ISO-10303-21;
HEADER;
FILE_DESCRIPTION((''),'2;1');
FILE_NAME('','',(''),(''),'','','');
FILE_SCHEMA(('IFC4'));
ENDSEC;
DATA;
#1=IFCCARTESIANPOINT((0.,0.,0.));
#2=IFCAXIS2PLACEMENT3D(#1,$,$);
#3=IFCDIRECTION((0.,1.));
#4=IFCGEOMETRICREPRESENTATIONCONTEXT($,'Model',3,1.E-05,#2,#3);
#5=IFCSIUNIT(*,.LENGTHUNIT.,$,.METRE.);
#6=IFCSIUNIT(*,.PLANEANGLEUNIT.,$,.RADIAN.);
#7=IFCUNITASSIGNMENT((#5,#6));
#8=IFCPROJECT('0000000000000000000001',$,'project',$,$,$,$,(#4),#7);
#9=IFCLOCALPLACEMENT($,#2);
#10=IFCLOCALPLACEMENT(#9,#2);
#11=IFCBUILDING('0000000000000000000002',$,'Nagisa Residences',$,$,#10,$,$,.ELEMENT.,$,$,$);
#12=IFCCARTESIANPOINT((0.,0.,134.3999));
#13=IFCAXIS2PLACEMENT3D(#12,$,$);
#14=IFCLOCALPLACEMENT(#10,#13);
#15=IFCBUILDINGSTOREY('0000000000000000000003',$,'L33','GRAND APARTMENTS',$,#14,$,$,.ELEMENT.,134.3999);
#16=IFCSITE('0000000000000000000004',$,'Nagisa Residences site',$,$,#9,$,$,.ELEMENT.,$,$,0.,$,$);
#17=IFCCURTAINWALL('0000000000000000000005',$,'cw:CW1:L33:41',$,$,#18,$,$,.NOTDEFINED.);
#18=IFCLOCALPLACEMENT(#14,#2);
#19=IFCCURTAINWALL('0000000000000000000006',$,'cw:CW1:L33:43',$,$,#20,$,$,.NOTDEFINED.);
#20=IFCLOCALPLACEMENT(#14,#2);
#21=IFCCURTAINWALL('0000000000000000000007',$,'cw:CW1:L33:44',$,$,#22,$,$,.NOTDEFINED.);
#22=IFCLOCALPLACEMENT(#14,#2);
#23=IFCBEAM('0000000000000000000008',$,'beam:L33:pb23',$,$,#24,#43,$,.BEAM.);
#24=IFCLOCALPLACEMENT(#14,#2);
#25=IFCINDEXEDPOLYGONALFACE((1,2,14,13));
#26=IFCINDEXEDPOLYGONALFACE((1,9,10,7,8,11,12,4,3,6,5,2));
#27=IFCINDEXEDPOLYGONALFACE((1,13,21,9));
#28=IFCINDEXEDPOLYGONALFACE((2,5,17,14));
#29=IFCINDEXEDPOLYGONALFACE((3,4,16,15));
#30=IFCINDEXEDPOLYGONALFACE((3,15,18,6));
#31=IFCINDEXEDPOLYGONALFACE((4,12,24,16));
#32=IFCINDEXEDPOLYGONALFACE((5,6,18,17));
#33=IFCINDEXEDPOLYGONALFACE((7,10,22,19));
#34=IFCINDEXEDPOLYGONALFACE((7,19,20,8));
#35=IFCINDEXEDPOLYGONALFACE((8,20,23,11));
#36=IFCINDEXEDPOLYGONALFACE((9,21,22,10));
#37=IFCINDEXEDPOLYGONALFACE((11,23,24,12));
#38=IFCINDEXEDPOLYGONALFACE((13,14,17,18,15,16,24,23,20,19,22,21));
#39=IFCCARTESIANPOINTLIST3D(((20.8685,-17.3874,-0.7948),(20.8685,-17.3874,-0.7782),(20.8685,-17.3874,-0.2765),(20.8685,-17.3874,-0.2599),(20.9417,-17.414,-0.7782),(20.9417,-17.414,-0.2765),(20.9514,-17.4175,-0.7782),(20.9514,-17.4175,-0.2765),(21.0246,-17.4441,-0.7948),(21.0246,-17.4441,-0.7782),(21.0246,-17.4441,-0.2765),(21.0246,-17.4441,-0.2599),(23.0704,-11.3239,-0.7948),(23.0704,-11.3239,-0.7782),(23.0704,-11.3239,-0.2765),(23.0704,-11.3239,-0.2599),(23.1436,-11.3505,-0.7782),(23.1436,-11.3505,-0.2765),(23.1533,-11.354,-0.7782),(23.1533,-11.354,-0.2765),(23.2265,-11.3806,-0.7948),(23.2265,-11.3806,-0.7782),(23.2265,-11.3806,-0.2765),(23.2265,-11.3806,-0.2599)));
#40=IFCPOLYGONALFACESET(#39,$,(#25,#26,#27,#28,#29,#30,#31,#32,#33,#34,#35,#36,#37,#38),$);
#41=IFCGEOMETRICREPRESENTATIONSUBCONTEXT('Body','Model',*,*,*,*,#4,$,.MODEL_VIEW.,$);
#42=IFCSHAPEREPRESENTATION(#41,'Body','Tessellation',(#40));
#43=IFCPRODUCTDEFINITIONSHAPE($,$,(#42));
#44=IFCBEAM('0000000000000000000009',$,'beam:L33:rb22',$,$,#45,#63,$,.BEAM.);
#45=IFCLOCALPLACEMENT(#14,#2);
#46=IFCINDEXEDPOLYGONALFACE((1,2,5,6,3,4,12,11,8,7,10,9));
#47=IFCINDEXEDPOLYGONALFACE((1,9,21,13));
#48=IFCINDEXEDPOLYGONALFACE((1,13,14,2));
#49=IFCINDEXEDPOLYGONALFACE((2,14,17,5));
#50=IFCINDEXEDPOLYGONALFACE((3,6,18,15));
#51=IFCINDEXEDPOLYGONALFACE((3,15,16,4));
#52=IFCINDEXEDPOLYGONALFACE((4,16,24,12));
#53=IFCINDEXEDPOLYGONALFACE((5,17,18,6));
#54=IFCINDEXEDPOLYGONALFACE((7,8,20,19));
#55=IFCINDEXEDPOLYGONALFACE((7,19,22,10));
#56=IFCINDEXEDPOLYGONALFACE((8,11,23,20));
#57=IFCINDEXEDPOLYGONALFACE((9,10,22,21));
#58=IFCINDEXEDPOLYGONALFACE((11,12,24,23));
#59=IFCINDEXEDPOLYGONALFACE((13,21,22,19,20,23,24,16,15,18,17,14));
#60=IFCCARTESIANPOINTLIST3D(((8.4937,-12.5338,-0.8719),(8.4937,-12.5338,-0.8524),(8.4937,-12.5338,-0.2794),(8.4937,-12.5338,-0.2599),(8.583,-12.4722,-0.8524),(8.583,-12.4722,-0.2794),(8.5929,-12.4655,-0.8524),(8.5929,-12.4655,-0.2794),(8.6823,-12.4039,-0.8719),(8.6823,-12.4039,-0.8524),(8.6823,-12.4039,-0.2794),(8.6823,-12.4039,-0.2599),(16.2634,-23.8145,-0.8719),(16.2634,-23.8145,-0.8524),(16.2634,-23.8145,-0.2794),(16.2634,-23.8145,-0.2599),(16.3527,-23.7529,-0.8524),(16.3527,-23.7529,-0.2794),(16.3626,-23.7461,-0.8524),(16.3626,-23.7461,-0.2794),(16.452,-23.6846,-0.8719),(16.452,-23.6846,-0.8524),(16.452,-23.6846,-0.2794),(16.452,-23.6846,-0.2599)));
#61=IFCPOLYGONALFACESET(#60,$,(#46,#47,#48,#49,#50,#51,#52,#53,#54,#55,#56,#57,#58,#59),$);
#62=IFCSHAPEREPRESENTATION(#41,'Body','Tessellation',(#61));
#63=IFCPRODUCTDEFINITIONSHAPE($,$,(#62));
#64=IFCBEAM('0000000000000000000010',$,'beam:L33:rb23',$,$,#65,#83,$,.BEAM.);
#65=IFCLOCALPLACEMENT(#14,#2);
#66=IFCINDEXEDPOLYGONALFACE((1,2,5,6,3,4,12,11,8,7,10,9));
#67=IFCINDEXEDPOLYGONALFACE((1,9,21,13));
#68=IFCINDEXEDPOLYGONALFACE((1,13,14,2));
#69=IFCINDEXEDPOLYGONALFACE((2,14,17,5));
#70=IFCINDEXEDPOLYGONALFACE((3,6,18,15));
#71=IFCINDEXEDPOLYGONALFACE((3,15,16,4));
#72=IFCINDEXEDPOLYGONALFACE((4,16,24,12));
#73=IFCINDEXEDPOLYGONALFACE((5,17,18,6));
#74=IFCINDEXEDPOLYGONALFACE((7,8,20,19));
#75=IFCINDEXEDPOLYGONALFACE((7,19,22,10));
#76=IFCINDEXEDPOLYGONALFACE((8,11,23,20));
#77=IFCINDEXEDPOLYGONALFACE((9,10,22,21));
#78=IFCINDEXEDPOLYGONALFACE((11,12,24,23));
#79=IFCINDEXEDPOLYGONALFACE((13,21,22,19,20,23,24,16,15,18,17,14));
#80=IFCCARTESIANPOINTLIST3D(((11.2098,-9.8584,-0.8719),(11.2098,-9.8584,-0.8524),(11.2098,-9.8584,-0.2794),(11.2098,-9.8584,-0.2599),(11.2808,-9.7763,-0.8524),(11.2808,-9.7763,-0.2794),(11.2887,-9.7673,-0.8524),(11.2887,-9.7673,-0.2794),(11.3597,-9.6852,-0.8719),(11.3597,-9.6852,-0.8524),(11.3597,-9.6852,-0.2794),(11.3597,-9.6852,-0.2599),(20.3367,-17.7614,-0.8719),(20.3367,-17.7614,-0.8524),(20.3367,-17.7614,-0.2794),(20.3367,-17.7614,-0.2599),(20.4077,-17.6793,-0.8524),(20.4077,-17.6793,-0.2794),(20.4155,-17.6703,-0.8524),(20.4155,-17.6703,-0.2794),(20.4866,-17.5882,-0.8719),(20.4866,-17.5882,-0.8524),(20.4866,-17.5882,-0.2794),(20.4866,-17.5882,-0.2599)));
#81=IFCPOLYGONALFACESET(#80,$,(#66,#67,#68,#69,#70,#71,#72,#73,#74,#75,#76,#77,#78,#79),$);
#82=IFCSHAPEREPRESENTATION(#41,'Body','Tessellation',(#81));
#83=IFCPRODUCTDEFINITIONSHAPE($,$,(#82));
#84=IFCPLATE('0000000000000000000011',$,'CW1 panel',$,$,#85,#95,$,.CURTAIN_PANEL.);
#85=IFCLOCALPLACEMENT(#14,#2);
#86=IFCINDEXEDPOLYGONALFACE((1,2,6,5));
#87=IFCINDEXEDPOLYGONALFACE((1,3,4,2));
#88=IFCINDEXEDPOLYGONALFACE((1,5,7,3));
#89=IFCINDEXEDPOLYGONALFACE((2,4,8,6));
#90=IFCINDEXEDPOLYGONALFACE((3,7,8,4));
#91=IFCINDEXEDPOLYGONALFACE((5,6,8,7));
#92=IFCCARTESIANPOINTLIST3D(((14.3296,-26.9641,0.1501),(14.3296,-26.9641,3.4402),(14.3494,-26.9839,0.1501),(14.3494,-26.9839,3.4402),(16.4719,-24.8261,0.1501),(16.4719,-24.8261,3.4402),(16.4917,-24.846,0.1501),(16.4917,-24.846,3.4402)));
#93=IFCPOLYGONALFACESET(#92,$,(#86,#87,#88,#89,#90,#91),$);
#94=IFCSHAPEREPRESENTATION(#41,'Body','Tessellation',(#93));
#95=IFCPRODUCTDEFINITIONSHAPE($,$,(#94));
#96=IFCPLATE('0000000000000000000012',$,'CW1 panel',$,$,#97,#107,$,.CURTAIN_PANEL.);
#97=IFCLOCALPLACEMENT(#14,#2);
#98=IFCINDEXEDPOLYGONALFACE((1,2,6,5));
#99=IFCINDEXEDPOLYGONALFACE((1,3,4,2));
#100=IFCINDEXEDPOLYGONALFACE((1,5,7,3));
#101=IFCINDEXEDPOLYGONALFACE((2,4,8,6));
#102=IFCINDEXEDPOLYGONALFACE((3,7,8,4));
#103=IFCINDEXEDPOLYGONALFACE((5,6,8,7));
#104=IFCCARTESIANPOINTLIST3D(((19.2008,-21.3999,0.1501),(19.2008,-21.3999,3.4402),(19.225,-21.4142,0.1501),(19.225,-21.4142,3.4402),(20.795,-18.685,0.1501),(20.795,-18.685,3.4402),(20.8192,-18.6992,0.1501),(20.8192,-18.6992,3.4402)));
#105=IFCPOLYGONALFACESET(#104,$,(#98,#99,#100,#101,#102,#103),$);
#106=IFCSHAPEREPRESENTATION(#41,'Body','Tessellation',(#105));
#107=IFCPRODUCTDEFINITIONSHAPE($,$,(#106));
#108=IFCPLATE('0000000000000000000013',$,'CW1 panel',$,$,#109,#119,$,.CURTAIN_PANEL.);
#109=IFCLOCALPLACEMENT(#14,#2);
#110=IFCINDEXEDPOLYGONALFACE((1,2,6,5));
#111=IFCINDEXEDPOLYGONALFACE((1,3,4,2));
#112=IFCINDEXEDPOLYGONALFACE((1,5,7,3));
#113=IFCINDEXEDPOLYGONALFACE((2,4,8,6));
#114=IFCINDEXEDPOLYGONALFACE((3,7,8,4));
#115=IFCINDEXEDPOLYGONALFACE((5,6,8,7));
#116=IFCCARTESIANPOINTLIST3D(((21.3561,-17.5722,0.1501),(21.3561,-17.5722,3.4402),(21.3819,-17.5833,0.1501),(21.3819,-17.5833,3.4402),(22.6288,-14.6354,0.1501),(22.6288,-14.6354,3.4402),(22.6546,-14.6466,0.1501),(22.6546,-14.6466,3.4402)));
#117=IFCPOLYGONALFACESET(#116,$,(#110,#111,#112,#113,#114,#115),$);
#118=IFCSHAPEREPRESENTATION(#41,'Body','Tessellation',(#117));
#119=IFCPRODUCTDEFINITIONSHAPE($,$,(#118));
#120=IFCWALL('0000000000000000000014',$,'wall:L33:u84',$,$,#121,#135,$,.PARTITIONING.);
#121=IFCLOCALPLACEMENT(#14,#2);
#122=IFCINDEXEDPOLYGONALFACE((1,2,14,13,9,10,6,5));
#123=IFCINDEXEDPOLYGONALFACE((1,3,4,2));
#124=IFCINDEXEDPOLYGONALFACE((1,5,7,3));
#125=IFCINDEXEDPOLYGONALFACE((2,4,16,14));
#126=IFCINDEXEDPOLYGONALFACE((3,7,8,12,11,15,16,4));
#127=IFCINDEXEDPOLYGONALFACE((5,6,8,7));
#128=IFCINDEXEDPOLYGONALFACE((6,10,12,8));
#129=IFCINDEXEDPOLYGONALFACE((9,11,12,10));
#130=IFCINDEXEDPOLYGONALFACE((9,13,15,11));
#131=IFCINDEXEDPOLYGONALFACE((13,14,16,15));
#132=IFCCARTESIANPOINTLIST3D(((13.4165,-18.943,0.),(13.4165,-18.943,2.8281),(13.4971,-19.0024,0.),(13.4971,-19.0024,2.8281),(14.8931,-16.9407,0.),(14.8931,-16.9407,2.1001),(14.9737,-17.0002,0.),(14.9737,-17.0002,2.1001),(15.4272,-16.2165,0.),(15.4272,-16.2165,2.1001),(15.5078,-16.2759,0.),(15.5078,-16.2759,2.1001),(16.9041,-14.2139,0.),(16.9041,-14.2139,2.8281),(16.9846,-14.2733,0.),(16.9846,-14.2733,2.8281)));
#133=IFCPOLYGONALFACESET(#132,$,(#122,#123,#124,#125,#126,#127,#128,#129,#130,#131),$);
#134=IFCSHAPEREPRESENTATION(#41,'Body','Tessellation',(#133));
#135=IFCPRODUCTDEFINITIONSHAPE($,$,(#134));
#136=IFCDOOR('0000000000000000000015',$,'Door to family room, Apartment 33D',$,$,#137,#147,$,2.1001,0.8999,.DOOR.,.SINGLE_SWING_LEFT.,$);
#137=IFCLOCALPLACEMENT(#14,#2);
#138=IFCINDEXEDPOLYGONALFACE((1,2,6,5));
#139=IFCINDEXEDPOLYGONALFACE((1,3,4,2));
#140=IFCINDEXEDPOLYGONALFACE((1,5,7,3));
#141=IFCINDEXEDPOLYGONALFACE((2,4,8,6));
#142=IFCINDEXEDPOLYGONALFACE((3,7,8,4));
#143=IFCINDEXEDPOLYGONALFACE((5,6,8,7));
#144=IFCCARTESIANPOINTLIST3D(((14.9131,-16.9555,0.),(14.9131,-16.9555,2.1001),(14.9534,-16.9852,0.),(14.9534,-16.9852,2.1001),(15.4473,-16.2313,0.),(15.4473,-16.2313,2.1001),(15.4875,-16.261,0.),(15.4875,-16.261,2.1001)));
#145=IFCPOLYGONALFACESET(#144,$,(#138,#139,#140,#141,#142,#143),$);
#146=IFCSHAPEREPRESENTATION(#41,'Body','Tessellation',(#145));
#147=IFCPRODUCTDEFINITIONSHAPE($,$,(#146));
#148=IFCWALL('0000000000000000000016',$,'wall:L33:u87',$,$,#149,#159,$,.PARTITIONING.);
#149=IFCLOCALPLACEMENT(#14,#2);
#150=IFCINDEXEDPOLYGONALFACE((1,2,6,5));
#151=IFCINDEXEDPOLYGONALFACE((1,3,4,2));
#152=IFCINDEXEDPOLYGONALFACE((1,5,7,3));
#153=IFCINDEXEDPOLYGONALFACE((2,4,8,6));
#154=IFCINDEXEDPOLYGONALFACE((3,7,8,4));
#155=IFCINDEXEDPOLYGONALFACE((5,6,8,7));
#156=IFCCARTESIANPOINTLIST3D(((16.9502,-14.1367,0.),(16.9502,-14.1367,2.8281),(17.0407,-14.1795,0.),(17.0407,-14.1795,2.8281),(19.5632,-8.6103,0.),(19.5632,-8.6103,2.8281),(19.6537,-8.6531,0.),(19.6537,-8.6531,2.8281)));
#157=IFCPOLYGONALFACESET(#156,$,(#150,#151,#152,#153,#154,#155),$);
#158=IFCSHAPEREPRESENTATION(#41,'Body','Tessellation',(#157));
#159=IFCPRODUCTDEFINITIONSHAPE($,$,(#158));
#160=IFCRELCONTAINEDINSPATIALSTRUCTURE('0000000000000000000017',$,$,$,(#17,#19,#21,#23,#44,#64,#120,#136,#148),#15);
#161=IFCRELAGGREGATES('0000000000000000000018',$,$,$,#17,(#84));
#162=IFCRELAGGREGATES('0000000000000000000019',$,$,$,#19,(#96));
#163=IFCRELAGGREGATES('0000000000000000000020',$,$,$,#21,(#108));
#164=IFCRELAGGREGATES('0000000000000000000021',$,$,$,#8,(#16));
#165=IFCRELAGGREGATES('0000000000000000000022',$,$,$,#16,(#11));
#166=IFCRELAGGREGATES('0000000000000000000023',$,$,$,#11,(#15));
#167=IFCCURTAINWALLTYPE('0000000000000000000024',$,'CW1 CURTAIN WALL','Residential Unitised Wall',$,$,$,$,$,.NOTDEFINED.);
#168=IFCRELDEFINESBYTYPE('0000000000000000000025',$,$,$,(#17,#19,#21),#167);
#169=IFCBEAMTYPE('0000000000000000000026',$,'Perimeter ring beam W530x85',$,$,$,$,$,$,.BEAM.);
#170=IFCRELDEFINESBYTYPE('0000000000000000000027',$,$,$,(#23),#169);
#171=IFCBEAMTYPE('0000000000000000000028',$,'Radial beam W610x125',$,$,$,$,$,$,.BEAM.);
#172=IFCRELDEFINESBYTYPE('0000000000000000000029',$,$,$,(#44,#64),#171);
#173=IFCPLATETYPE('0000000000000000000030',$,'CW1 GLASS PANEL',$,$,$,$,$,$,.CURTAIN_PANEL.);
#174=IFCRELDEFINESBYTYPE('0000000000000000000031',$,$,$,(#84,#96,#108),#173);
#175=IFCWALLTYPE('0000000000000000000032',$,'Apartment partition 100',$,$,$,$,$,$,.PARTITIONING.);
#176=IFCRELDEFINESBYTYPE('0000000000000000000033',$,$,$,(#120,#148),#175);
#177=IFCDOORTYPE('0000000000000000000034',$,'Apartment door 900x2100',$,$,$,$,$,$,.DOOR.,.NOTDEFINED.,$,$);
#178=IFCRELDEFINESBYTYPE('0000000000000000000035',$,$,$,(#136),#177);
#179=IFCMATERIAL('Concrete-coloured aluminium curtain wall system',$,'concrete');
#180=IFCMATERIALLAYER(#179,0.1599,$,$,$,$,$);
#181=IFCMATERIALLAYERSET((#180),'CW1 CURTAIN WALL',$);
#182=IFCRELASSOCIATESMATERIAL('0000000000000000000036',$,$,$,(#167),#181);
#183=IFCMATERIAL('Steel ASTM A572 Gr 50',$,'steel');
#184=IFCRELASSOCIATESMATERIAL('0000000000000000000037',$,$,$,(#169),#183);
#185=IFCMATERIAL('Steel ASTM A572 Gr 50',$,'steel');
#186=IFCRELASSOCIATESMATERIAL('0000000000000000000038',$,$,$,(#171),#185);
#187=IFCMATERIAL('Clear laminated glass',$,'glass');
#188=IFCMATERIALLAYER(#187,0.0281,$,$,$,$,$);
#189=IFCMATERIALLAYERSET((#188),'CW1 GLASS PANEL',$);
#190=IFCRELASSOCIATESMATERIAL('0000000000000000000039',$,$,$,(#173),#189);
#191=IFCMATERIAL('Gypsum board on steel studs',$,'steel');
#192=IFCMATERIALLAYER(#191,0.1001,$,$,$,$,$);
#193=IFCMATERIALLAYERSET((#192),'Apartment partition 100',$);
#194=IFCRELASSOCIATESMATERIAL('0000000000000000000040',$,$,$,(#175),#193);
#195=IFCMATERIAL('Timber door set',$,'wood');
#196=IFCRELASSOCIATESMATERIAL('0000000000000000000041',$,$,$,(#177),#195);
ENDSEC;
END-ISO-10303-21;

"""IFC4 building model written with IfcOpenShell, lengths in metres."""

from ifc_helpers import new_model, si_unit, direction, frame, frame_2d, origin, origin_2d, place, context, subcontext, project, spatial, rectangle, i_section, extrude, material, layer, layer_set, material_profile, profile_set, type_object, element, fill, aggregate, save


model = new_model("IFC4")

# Units and contexts
model_context = context("Model", 3, precision=1e-05, world=origin(), true_north=direction((0.0, 1.0)))
body_context = subcontext(model_context, "Body", "Model", "MODEL_VIEW")
ifc_project = project(units=[si_unit("LENGTHUNIT", "METRE"), si_unit("PLANEANGLEUNIT", "RADIAN")], contexts=[model_context])

# Site, building, storey
site_placement = place(None, origin())
site = spatial("IfcSite", under=ifc_project, at=site_placement, Name="Nagisa Residences site", CompositionType="ELEMENT", RefElevation=0.0)
building_placement = place(site_placement, origin())
building = spatial("IfcBuilding", under=site, at=building_placement, Name="Nagisa Residences", CompositionType="ELEMENT")
storey_placement = place(building_placement, frame((0.0, 0.0, 134.3999)))
storey = spatial("IfcBuildingStorey", under=building, at=storey_placement, Name="L33", Description="GRAND APARTMENTS", CompositionType="ELEMENT", Elevation=134.3999)

# Curtain walls
ifc_material_1 = material(Name="Concrete-coloured aluminium curtain wall system", Category="concrete")
ifc_layer_1 = layer(ifc_material_1, 0.1599)
ifc_layer_set_1 = layer_set([ifc_layer_1], Name="CW1 CURTAIN WALL")
curtain_wall_type = type_object("IfcCurtainWallType", Name="CW1 CURTAIN WALL", Description="Residential Unitised Wall", PredefinedType="NOTDEFINED", material=ifc_layer_set_1)
curtain_wall_1_placement = place(storey_placement, origin())
curtain_wall_1 = element("IfcCurtainWall", 1, at=curtain_wall_1_placement, inside=storey, type_object=curtain_wall_type, Name="cw:CW1:L33:41", PredefinedType="NOTDEFINED")
curtain_wall_2_placement = place(storey_placement, origin())
curtain_wall_2 = element("IfcCurtainWall", 2, at=curtain_wall_2_placement, inside=storey, type_object=curtain_wall_type, Name="cw:CW1:L33:43", PredefinedType="NOTDEFINED")
curtain_wall_3_placement = place(storey_placement, origin())
curtain_wall_3 = element("IfcCurtainWall", 3, at=curtain_wall_3_placement, inside=storey, type_object=curtain_wall_type, Name="cw:CW1:L33:44", PredefinedType="NOTDEFINED")

# Beams
ifc_material_2 = material(Name="Steel ASTM A572 Gr 50", Category="steel")
ifc_material_profile_1 = material_profile(ifc_material_2, i_section(OverallWidth=0.166, OverallDepth=0.5349, WebThickness=0.0103, FlangeThickness=0.0166, at=origin_2d()), Name="W530x85")
ifc_profile_set_1 = profile_set([ifc_material_profile_1], Name="Steel ASTM A572 Gr 50")
beam_type_1 = type_object("IfcBeamType", Name="Perimeter ring beam W530x85", PredefinedType="BEAM", material=ifc_profile_set_1)
beam_1_placement = place(storey_placement, frame((20.9465, -17.4158, -0.5273), z_axis=(0.341333, 0.939943, 0.0), x_axis=(-0.939943, 0.341333, 0.0)))
element("IfcBeam", 4, at=beam_1_placement, inside=storey, type_object=beam_type_1, Name="beam:L33:pb23", PredefinedType="BEAM", context=body_context, shape_type="SweptSolid", body=[
    extrude(i_section(OverallWidth=0.166, OverallDepth=0.5349, WebThickness=0.0103, FlangeThickness=0.0166, at=origin_2d()), origin(), (0.0, 0.0, 1.0), 6.4509),
])
ifc_material_3 = material(Name="Steel ASTM A572 Gr 50", Category="steel")
ifc_material_profile_2 = material_profile(ifc_material_3, i_section(OverallWidth=0.229, OverallDepth=0.6121, WebThickness=0.012, FlangeThickness=0.0195, at=origin_2d()), Name="W610x125")
ifc_profile_set_2 = profile_set([ifc_material_profile_2], Name="Steel ASTM A572 Gr 50")
beam_type_2 = type_object("IfcBeamType", Name="Radial beam W610x125", PredefinedType="BEAM", material=ifc_profile_set_2)
beam_2_placement = place(storey_placement, frame((16.3577, -23.7495, -0.5659), z_axis=(-0.567235, 0.823556, 0.0), x_axis=(-0.823556, -0.567235, 0.0)))
element("IfcBeam", 5, at=beam_2_placement, inside=storey, type_object=beam_type_2, Name="beam:L33:rb22", PredefinedType="BEAM", context=body_context, shape_type="SweptSolid", body=[
    extrude(i_section(OverallWidth=0.229, OverallDepth=0.6121, WebThickness=0.012, FlangeThickness=0.0195, at=origin_2d()), origin(), (0.0, 0.0, 1.0), 13.6975),
])
beam_3_placement = place(storey_placement, frame((20.4116, -17.6748, -0.5659), z_axis=(-0.755974, 0.654602, 0.0), x_axis=(-0.654602, -0.755974, 0.0)))
element("IfcBeam", 6, at=beam_3_placement, inside=storey, type_object=beam_type_2, Name="beam:L33:rb23", PredefinedType="BEAM", context=body_context, shape_type="SweptSolid", body=[
    extrude(i_section(OverallWidth=0.229, OverallDepth=0.6121, WebThickness=0.012, FlangeThickness=0.0195, at=origin_2d()), origin(), (0.0, 0.0, 1.0), 12.073),
])

# Plates
ifc_material_4 = material(Name="Clear laminated glass", Category="glass")
ifc_layer_2 = layer(ifc_material_4, 0.0281)
ifc_layer_set_2 = layer_set([ifc_layer_2], Name="CW1 GLASS PANEL")
plate_type = type_object("IfcPlateType", Name="CW1 GLASS PANEL", PredefinedType="CURTAIN_PANEL", material=ifc_layer_set_2)
plate_1_placement = place(storey_placement, frame((15.4106, -25.905, 0.1501), z_axis=(0.0, 0.0, 1.0), x_axis=(0.707836, 0.706377, 0.0)))
plate_1 = element("IfcPlate", 7, at=plate_1_placement, type_object=plate_type, Name="CW1 panel", PredefinedType="CURTAIN_PANEL", context=body_context, shape_type="SweptSolid", body=[
    extrude(rectangle(XDim=3.0266, YDim=0.0281, at=origin_2d()), origin(), (0.0, 0.0, 1.0), 3.29),
])
aggregate(curtain_wall_1, [plate_1])
plate_2_placement = place(storey_placement, frame((20.01, -20.0496, 0.1501), z_axis=(0.0, 0.0, 1.0), x_axis=(0.506349, 0.862329, 0.0)))
plate_2 = element("IfcPlate", 8, at=plate_2_placement, type_object=plate_type, Name="CW1 panel", PredefinedType="CURTAIN_PANEL", context=body_context, shape_type="SweptSolid", body=[
    extrude(rectangle(XDim=3.1484, YDim=0.0281, at=origin_2d()), origin(), (0.0, 0.0, 1.0), 3.29),
])
aggregate(curtain_wall_2, [plate_2])
plate_3_placement = place(storey_placement, frame((22.0054, -16.1094, 0.1501), z_axis=(0.0, 0.0, 1.0), x_axis=(0.397636, 0.917543, 0.0)))
plate_3 = element("IfcPlate", 9, at=plate_3_placement, type_object=plate_type, Name="CW1 panel", PredefinedType="CURTAIN_PANEL", context=body_context, shape_type="SweptSolid", body=[
    extrude(rectangle(XDim=3.2007, YDim=0.0281, at=origin_2d()), origin(), (0.0, 0.0, 1.0), 3.29),
])
aggregate(curtain_wall_3, [plate_3])

# Wall, opening, door
ifc_material_5 = material(Name="Gypsum board on steel studs", Category="steel")
ifc_layer_3 = layer(ifc_material_5, 0.1001)
ifc_layer_set_3 = layer_set([ifc_layer_3], Name="Apartment partition 100")
wall_type_1 = type_object("IfcWallType", Name="Apartment partition 100", PredefinedType="PARTITIONING", material=ifc_layer_set_3)
wall_1_placement = place(storey_placement, frame((13.4568, -18.9727, 0.0), z_axis=(0.0, 0.0, 1.0), x_axis=(0.593532, 0.80481, 0.0)))
wall_1 = element("IfcWall", 10, at=wall_1_placement, inside=storey, type_object=wall_type_1, Name="wall:L33:u84", PredefinedType="PARTITIONING", context=body_context, shape_type="SweptSolid", body=[
    extrude(rectangle(XDim=5.876, YDim=0.1001, at=frame_2d((2.938, 0.0))), origin(), (0.0, 0.0, 1.0), 2.8281),
])
opening_1_placement = place(wall_1_placement, frame((2.4878, 0.0, 0.0)))
opening_1 = element("IfcOpeningElement", 11, at=opening_1_placement, cuts=wall_1, PredefinedType="OPENING", context=body_context, shape_type="SweptSolid", body=[
    extrude(rectangle(XDim=0.8999, YDim=2.1001, at=frame_2d((0.45, 1.05))), frame((0.0, 0.0601, 0.0), z_axis=(0.0, -1.0, 0.0), x_axis=(1.0, 0.0, 0.0)), (0.0, 0.0, 1.0), 0.1201),
])
ifc_material_6 = material(Name="Timber door set", Category="wood")
door_type_1 = type_object("IfcDoorType", Name="Apartment door 900x2100", OperationType="NOTDEFINED", PredefinedType="DOOR", material=ifc_material_6)
door_1_placement = place(opening_1_placement, frame((0.8999, 0.0, 0.0), x_axis=(-1.0, 0.0, 0.0)))
door_1 = element("IfcDoor", 12, at=door_1_placement, inside=storey, type_object=door_type_1, Name="Door to family room, Apartment 33D", OperationType="SINGLE_SWING_LEFT", OverallHeight=2.1001, OverallWidth=0.8999, PredefinedType="DOOR", context=body_context, shape_type="SweptSolid", body=[
    extrude(rectangle(XDim=0.8999, YDim=2.1001, at=frame_2d((0.45, 1.05))), frame((0.0, 0.0249, 0.0), z_axis=(0.0, -1.0, 0.0), x_axis=(1.0, 0.0, 0.0)), (0.0, 0.0, 1.0), 0.05),
])
fill(opening_1, door_1)

# Wall
wall_2_placement = place(storey_placement, frame((16.9954, -14.1582, 0.0), z_axis=(0.0, 0.0, 1.0), x_axis=(0.427456, 0.904036, 0.0)))
element("IfcWall", 13, at=wall_2_placement, inside=storey, type_object=wall_type_1, Name="wall:L33:u87", PredefinedType="PARTITIONING", context=body_context, shape_type="SweptSolid", body=[
    extrude(rectangle(XDim=6.113, YDim=0.1001, at=frame_2d((3.0566, 0.0))), origin(), (0.0, 0.0, 1.0), 2.8281),
])

save(model, "model.ifc")
